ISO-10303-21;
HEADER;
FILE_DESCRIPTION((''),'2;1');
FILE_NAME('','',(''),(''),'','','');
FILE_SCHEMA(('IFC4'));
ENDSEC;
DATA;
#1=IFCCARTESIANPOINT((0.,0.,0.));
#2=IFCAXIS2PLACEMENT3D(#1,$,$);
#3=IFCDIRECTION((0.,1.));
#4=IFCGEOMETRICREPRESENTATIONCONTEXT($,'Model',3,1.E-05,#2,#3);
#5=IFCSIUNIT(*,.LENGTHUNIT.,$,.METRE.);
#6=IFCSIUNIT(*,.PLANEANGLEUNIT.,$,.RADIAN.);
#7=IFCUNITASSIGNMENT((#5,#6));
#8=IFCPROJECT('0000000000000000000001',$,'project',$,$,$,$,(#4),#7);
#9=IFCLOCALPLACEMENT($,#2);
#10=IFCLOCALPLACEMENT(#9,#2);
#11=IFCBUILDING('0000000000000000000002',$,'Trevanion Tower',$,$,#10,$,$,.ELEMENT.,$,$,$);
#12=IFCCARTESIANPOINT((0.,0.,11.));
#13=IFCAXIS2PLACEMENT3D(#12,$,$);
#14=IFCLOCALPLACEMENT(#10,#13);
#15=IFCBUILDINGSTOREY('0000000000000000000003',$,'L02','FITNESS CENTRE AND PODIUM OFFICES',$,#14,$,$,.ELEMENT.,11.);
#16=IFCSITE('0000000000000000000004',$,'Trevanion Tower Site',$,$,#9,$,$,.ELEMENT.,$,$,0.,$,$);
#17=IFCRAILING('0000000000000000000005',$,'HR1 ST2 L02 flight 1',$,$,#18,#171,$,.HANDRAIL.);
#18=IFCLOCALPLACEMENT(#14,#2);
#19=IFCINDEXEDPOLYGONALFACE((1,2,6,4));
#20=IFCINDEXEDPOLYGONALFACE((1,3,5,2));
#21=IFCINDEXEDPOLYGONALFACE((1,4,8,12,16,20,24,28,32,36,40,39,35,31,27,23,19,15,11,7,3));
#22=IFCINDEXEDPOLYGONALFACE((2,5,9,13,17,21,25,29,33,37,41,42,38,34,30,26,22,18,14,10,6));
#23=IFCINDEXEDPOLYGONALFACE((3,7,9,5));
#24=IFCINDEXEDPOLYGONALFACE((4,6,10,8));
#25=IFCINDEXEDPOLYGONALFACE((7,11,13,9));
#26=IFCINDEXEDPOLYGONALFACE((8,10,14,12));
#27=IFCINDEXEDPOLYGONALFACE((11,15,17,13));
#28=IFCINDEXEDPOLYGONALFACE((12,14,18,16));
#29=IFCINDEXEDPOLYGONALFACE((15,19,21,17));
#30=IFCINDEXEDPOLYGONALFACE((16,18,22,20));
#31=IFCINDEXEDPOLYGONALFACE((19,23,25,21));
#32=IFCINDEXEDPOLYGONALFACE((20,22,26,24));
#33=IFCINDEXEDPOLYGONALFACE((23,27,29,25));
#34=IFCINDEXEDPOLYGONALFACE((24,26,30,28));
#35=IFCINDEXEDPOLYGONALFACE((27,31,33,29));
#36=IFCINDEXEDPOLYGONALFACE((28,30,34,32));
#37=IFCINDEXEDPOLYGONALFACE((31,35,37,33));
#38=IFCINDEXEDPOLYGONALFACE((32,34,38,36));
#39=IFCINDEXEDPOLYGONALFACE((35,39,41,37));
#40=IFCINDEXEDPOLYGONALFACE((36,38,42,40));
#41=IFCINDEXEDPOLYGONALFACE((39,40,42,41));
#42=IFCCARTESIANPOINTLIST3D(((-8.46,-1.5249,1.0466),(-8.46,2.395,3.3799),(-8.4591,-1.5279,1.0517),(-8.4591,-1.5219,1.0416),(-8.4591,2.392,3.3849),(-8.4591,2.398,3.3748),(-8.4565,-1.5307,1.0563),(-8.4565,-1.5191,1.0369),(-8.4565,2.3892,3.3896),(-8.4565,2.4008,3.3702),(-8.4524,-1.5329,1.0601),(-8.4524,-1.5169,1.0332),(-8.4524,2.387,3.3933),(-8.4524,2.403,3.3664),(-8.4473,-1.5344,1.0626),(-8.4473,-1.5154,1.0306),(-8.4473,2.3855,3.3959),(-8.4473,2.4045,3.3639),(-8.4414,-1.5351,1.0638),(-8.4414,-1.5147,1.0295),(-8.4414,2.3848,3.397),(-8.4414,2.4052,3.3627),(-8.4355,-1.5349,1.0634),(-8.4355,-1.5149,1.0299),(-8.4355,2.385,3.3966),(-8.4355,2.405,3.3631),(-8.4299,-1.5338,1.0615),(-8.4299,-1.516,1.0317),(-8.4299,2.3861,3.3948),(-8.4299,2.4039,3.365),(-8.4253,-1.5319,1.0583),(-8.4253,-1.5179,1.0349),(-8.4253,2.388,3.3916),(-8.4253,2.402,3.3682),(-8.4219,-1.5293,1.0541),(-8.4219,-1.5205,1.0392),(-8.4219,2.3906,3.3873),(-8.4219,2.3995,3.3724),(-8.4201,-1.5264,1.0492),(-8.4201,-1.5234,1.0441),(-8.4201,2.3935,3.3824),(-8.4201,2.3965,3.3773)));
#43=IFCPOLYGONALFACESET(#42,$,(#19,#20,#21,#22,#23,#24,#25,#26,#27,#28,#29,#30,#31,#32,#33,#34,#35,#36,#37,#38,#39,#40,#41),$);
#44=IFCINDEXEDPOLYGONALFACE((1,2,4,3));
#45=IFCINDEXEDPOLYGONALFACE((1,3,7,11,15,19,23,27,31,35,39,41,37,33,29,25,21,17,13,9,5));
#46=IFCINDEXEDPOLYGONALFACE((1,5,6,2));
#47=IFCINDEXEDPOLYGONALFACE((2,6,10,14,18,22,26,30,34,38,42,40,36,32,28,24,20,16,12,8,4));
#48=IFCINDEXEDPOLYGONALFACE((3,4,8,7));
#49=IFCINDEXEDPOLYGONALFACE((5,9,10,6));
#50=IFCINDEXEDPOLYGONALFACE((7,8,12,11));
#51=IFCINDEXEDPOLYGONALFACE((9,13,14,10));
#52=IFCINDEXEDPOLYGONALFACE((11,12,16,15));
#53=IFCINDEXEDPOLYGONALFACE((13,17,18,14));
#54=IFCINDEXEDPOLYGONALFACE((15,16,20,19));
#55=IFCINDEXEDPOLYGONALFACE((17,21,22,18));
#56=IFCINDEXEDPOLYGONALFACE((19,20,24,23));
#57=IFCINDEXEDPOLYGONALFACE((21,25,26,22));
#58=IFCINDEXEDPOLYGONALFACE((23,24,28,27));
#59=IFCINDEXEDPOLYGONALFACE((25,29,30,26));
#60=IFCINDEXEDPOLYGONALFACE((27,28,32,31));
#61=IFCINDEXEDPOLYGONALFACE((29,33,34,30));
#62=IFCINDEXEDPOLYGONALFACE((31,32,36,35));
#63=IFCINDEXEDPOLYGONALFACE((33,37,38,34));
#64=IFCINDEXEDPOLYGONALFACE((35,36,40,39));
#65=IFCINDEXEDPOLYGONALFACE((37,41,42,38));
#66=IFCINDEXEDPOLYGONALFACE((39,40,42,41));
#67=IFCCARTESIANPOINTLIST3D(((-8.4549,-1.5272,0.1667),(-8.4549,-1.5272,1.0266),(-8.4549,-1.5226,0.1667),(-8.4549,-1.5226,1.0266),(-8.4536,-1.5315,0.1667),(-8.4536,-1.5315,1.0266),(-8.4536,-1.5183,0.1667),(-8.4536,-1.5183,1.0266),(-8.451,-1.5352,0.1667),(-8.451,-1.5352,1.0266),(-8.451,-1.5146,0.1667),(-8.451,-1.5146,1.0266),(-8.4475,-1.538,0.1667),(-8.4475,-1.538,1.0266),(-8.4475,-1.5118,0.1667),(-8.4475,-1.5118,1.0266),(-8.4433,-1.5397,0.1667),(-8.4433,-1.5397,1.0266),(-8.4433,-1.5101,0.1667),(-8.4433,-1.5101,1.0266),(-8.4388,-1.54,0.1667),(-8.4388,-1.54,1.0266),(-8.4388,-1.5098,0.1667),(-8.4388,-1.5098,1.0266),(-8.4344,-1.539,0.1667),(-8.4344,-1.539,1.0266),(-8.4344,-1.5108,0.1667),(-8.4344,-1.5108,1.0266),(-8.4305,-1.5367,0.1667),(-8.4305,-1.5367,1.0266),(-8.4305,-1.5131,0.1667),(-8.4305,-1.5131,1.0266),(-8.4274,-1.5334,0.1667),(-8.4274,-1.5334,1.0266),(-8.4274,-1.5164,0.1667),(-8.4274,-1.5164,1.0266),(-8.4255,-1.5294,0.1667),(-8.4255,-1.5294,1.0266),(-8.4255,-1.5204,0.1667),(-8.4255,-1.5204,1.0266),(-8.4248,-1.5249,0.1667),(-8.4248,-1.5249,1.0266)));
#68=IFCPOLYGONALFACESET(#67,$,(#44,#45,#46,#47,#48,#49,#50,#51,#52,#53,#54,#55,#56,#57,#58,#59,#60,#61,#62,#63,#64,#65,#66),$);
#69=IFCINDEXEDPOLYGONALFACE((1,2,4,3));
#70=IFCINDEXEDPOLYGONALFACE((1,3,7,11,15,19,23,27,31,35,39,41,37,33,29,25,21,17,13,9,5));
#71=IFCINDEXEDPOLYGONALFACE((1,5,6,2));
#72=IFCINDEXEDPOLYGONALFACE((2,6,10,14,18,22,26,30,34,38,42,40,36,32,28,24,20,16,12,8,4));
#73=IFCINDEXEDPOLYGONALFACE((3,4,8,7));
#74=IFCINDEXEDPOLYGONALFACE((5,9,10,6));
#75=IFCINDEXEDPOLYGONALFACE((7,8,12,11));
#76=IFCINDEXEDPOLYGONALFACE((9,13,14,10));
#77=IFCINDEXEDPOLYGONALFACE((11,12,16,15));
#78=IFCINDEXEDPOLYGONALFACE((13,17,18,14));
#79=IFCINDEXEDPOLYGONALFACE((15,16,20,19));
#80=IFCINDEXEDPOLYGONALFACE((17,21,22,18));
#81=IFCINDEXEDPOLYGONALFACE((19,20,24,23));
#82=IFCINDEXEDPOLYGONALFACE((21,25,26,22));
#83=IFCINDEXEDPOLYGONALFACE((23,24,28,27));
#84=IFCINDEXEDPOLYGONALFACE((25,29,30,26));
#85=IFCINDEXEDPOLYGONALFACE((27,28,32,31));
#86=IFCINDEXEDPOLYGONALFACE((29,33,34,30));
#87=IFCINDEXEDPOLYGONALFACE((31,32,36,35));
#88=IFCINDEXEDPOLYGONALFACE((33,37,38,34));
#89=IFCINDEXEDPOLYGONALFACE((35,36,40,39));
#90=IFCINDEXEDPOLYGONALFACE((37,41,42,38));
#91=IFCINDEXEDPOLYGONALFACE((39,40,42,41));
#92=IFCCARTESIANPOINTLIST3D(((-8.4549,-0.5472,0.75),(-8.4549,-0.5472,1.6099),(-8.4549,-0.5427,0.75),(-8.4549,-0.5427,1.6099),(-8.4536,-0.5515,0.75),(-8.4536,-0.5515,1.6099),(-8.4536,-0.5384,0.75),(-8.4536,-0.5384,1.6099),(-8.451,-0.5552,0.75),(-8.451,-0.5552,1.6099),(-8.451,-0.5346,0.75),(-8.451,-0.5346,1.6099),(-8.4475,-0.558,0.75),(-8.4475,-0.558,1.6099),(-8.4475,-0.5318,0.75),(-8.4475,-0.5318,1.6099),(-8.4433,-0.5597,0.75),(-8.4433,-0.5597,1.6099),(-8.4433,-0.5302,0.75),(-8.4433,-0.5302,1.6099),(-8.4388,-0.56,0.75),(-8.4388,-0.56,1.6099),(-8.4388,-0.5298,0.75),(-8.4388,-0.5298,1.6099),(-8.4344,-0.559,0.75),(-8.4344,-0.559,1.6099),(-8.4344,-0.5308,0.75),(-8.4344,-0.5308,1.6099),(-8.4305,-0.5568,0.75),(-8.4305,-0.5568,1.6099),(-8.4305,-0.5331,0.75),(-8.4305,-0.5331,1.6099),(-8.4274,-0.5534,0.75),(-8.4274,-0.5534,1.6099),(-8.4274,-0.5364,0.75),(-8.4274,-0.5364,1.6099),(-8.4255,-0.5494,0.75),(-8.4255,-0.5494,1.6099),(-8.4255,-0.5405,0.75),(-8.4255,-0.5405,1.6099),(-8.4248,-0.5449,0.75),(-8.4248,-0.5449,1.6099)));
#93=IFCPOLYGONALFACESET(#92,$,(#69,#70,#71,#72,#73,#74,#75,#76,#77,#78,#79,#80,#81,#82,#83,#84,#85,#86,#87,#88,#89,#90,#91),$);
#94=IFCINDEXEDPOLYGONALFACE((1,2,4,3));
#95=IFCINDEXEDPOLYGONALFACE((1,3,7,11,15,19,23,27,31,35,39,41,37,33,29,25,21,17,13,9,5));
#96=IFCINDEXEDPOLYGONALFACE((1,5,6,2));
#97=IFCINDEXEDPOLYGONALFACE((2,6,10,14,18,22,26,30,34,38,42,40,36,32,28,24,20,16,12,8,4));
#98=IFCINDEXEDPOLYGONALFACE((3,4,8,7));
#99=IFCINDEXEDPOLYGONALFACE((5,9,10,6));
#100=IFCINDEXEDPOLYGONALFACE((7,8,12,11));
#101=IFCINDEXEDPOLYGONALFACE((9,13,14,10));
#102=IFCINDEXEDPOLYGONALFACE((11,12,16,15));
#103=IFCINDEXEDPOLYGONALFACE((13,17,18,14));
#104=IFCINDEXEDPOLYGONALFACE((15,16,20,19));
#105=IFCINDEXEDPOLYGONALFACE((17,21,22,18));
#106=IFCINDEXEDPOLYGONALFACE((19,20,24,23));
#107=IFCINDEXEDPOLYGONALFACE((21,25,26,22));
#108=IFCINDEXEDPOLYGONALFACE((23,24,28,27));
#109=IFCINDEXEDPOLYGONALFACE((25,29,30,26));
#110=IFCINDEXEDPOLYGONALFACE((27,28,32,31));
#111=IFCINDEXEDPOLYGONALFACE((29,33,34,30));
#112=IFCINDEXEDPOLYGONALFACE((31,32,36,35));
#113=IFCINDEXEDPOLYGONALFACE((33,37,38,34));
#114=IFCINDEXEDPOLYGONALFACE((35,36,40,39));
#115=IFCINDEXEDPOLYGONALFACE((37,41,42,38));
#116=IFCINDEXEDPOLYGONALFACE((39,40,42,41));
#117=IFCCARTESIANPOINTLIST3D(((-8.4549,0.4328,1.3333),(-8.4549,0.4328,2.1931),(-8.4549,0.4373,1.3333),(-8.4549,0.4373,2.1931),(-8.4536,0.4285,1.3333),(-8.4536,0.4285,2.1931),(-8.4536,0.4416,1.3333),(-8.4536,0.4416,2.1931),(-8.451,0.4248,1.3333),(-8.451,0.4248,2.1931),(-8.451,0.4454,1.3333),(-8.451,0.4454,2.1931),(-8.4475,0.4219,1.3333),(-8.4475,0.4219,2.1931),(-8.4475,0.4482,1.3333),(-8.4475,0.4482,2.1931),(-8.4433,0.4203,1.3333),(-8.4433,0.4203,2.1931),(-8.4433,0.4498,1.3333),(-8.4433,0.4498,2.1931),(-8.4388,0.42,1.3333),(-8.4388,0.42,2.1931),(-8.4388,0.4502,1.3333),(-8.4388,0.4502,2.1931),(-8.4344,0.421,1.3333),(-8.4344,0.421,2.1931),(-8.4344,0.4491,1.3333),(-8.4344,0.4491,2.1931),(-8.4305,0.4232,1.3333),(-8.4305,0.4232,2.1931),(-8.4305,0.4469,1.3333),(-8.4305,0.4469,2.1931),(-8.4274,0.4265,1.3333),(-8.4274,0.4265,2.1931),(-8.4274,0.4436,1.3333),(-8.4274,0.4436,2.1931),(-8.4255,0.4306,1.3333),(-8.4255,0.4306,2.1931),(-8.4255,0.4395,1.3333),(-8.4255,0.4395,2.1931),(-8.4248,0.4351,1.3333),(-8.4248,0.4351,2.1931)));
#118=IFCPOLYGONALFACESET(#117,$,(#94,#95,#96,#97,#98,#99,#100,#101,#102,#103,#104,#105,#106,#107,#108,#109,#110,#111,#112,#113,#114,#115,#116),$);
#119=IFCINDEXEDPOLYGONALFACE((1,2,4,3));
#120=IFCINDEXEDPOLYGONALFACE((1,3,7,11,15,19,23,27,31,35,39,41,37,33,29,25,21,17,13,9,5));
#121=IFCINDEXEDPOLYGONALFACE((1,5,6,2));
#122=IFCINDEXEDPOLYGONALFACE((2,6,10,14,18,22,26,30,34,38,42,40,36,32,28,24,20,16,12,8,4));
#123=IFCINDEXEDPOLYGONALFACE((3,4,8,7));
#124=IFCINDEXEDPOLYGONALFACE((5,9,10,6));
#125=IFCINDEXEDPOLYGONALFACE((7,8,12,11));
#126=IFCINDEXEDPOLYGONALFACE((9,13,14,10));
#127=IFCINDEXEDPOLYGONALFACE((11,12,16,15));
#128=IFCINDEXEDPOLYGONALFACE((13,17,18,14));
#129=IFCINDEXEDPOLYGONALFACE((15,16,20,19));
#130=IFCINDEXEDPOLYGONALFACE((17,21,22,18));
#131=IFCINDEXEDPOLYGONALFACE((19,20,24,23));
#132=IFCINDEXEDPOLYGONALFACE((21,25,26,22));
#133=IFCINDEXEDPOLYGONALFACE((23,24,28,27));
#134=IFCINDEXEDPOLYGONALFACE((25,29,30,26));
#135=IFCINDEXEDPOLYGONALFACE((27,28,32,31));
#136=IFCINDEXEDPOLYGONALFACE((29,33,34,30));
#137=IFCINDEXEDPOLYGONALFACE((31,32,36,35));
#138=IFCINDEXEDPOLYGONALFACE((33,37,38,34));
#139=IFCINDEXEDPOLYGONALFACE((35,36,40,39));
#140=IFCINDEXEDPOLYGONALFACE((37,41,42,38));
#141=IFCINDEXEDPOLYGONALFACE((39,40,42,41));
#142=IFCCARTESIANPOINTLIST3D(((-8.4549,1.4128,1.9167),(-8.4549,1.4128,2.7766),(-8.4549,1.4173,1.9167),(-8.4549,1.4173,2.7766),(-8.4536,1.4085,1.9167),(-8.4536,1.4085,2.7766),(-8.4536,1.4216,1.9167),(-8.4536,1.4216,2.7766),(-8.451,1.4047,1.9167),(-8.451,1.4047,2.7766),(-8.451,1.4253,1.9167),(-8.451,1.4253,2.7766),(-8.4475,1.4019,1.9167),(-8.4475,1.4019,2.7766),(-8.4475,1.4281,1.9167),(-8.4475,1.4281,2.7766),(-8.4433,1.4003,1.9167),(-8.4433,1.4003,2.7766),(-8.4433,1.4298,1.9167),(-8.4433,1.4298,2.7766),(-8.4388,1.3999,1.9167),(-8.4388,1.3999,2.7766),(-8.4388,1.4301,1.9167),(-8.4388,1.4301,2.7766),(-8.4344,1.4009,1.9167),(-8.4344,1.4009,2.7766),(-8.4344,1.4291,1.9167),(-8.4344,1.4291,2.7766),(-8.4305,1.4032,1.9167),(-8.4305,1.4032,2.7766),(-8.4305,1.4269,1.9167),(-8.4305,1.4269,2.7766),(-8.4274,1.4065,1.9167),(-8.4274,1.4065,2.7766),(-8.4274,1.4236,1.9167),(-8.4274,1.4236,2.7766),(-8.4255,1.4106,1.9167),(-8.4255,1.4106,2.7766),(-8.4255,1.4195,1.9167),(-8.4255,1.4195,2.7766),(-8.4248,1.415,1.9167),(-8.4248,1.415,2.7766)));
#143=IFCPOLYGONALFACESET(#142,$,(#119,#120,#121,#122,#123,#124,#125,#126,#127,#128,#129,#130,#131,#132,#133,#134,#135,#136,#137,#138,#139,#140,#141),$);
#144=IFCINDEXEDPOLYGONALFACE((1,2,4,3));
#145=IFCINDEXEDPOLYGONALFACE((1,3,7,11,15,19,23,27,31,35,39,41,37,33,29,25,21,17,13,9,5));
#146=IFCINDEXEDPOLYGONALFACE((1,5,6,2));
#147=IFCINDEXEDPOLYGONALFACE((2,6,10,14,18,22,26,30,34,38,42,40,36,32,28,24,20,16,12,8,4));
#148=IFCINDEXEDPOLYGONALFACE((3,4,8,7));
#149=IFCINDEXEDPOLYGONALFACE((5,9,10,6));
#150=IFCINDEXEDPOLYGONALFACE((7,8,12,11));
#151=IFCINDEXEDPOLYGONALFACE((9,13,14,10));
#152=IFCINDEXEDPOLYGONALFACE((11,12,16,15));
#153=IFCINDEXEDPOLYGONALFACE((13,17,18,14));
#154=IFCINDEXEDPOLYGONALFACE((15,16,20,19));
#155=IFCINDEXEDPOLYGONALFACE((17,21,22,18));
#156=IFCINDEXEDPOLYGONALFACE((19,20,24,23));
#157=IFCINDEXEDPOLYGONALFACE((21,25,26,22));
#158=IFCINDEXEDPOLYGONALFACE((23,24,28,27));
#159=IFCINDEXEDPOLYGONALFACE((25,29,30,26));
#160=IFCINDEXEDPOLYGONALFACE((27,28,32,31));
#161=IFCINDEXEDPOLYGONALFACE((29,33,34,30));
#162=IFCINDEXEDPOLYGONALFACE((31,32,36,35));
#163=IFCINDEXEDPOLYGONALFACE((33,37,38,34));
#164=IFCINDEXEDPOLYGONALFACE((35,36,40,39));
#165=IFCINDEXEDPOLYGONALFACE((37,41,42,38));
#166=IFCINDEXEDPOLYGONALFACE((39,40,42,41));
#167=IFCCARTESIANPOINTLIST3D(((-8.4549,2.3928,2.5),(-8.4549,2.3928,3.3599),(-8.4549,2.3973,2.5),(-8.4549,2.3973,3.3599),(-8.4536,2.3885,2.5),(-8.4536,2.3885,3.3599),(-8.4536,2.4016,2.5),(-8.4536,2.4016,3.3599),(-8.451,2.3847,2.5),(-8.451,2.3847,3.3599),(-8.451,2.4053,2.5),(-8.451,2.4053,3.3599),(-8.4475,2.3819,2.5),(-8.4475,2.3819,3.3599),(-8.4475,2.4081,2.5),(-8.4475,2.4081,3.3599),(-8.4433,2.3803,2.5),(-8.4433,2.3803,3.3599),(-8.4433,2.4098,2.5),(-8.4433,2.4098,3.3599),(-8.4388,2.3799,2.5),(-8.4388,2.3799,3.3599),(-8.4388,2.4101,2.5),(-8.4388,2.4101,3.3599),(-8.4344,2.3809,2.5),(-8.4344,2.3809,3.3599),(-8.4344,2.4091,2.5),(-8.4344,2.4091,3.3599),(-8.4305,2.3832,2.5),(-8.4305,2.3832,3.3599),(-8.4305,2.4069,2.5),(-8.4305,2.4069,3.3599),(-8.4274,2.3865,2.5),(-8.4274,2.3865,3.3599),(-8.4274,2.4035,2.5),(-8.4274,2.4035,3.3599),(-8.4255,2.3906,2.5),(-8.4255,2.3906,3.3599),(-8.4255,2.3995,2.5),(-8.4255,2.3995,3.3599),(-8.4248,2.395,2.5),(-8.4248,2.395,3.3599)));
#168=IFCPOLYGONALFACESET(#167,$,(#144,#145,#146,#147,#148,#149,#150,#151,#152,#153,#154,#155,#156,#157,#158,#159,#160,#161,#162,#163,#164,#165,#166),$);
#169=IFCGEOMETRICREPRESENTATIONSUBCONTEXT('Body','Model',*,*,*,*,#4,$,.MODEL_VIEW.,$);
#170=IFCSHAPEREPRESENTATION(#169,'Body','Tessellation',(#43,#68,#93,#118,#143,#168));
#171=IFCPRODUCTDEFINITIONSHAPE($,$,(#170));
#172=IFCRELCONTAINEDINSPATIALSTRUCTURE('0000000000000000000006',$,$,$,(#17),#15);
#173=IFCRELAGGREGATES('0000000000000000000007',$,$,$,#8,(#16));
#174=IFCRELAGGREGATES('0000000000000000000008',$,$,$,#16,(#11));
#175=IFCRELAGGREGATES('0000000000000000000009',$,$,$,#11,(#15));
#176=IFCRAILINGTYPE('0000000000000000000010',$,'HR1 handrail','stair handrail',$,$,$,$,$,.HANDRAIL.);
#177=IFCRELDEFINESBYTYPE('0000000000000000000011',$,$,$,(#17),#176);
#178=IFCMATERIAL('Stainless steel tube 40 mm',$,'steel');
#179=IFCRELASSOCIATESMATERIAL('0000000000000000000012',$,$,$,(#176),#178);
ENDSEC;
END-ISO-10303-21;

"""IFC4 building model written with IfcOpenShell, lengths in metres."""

from ifc_helpers import new_model, si_unit, direction, frame, origin, origin_2d, place, context, subcontext, project, spatial, circle, extrude, material, type_object, element, save


model = new_model("IFC4")

# Units and contexts
model_context = context("Model", 3, precision=1e-05, world=origin(), true_north=direction((0.0, 1.0)))
body_context = subcontext(model_context, "Body", "Model", "MODEL_VIEW")
ifc_project = project(units=[si_unit("LENGTHUNIT", "METRE"), si_unit("PLANEANGLEUNIT", "RADIAN")], contexts=[model_context])

# Site, building, storey
site_placement = place(None, origin())
site = spatial("IfcSite", under=ifc_project, at=site_placement, Name="Trevanion Tower Site", CompositionType="ELEMENT", RefElevation=0.0)
building_placement = place(site_placement, origin())
building = spatial("IfcBuilding", under=site, at=building_placement, Name="Trevanion Tower", CompositionType="ELEMENT")
storey_placement = place(building_placement, frame((0.0, 0.0, 11.0)))
storey = spatial("IfcBuildingStorey", under=building, at=storey_placement, Name="L02", Description="FITNESS CENTRE AND PODIUM OFFICES", CompositionType="ELEMENT", Elevation=11.0)

# Railing
ifc_material_1 = material(Name="Stainless steel tube 40 mm", Category="steel")
railing_type = type_object("IfcRailingType", Name="HR1 handrail", Description="stair handrail", PredefinedType="HANDRAIL", material=ifc_material_1)
railing_placement = place(storey_placement, frame((-8.4399, -1.5249, 0.1667)))
element("IfcRailing", 1, at=railing_placement, inside=storey, type_object=railing_type, Name="HR1 ST2 L02 flight 1", PredefinedType="HANDRAIL", context=body_context, shape_type="SweptSolid", body=[
    extrude(circle(Radius=0.02, at=origin_2d()), frame((0.0, 0.0, 0.8799), z_axis=(0.0, 0.859296, 0.511478), x_axis=(-1.0, 0.0, 0.0)), (0.0, 0.0, 1.0), 4.5618),
    extrude(circle(Radius=0.0151, at=origin_2d()), origin(), (0.0, 0.0, 1.0), 0.8599),
    extrude(circle(Radius=0.0151, at=origin_2d()), frame((0.0, 0.98, 0.5833)), (0.0, 0.0, 1.0), 0.8599),
    extrude(circle(Radius=0.0151, at=origin_2d()), frame((0.0, 1.96, 1.1665)), (0.0, 0.0, 1.0), 0.8599),
    extrude(circle(Radius=0.0151, at=origin_2d()), frame((0.0, 2.9399, 1.75)), (0.0, 0.0, 1.0), 0.8599),
    extrude(circle(Radius=0.0151, at=origin_2d()), frame((0.0, 3.9199, 2.3333)), (0.0, 0.0, 1.0), 0.8599),
])

save(model, "model.ifc")
